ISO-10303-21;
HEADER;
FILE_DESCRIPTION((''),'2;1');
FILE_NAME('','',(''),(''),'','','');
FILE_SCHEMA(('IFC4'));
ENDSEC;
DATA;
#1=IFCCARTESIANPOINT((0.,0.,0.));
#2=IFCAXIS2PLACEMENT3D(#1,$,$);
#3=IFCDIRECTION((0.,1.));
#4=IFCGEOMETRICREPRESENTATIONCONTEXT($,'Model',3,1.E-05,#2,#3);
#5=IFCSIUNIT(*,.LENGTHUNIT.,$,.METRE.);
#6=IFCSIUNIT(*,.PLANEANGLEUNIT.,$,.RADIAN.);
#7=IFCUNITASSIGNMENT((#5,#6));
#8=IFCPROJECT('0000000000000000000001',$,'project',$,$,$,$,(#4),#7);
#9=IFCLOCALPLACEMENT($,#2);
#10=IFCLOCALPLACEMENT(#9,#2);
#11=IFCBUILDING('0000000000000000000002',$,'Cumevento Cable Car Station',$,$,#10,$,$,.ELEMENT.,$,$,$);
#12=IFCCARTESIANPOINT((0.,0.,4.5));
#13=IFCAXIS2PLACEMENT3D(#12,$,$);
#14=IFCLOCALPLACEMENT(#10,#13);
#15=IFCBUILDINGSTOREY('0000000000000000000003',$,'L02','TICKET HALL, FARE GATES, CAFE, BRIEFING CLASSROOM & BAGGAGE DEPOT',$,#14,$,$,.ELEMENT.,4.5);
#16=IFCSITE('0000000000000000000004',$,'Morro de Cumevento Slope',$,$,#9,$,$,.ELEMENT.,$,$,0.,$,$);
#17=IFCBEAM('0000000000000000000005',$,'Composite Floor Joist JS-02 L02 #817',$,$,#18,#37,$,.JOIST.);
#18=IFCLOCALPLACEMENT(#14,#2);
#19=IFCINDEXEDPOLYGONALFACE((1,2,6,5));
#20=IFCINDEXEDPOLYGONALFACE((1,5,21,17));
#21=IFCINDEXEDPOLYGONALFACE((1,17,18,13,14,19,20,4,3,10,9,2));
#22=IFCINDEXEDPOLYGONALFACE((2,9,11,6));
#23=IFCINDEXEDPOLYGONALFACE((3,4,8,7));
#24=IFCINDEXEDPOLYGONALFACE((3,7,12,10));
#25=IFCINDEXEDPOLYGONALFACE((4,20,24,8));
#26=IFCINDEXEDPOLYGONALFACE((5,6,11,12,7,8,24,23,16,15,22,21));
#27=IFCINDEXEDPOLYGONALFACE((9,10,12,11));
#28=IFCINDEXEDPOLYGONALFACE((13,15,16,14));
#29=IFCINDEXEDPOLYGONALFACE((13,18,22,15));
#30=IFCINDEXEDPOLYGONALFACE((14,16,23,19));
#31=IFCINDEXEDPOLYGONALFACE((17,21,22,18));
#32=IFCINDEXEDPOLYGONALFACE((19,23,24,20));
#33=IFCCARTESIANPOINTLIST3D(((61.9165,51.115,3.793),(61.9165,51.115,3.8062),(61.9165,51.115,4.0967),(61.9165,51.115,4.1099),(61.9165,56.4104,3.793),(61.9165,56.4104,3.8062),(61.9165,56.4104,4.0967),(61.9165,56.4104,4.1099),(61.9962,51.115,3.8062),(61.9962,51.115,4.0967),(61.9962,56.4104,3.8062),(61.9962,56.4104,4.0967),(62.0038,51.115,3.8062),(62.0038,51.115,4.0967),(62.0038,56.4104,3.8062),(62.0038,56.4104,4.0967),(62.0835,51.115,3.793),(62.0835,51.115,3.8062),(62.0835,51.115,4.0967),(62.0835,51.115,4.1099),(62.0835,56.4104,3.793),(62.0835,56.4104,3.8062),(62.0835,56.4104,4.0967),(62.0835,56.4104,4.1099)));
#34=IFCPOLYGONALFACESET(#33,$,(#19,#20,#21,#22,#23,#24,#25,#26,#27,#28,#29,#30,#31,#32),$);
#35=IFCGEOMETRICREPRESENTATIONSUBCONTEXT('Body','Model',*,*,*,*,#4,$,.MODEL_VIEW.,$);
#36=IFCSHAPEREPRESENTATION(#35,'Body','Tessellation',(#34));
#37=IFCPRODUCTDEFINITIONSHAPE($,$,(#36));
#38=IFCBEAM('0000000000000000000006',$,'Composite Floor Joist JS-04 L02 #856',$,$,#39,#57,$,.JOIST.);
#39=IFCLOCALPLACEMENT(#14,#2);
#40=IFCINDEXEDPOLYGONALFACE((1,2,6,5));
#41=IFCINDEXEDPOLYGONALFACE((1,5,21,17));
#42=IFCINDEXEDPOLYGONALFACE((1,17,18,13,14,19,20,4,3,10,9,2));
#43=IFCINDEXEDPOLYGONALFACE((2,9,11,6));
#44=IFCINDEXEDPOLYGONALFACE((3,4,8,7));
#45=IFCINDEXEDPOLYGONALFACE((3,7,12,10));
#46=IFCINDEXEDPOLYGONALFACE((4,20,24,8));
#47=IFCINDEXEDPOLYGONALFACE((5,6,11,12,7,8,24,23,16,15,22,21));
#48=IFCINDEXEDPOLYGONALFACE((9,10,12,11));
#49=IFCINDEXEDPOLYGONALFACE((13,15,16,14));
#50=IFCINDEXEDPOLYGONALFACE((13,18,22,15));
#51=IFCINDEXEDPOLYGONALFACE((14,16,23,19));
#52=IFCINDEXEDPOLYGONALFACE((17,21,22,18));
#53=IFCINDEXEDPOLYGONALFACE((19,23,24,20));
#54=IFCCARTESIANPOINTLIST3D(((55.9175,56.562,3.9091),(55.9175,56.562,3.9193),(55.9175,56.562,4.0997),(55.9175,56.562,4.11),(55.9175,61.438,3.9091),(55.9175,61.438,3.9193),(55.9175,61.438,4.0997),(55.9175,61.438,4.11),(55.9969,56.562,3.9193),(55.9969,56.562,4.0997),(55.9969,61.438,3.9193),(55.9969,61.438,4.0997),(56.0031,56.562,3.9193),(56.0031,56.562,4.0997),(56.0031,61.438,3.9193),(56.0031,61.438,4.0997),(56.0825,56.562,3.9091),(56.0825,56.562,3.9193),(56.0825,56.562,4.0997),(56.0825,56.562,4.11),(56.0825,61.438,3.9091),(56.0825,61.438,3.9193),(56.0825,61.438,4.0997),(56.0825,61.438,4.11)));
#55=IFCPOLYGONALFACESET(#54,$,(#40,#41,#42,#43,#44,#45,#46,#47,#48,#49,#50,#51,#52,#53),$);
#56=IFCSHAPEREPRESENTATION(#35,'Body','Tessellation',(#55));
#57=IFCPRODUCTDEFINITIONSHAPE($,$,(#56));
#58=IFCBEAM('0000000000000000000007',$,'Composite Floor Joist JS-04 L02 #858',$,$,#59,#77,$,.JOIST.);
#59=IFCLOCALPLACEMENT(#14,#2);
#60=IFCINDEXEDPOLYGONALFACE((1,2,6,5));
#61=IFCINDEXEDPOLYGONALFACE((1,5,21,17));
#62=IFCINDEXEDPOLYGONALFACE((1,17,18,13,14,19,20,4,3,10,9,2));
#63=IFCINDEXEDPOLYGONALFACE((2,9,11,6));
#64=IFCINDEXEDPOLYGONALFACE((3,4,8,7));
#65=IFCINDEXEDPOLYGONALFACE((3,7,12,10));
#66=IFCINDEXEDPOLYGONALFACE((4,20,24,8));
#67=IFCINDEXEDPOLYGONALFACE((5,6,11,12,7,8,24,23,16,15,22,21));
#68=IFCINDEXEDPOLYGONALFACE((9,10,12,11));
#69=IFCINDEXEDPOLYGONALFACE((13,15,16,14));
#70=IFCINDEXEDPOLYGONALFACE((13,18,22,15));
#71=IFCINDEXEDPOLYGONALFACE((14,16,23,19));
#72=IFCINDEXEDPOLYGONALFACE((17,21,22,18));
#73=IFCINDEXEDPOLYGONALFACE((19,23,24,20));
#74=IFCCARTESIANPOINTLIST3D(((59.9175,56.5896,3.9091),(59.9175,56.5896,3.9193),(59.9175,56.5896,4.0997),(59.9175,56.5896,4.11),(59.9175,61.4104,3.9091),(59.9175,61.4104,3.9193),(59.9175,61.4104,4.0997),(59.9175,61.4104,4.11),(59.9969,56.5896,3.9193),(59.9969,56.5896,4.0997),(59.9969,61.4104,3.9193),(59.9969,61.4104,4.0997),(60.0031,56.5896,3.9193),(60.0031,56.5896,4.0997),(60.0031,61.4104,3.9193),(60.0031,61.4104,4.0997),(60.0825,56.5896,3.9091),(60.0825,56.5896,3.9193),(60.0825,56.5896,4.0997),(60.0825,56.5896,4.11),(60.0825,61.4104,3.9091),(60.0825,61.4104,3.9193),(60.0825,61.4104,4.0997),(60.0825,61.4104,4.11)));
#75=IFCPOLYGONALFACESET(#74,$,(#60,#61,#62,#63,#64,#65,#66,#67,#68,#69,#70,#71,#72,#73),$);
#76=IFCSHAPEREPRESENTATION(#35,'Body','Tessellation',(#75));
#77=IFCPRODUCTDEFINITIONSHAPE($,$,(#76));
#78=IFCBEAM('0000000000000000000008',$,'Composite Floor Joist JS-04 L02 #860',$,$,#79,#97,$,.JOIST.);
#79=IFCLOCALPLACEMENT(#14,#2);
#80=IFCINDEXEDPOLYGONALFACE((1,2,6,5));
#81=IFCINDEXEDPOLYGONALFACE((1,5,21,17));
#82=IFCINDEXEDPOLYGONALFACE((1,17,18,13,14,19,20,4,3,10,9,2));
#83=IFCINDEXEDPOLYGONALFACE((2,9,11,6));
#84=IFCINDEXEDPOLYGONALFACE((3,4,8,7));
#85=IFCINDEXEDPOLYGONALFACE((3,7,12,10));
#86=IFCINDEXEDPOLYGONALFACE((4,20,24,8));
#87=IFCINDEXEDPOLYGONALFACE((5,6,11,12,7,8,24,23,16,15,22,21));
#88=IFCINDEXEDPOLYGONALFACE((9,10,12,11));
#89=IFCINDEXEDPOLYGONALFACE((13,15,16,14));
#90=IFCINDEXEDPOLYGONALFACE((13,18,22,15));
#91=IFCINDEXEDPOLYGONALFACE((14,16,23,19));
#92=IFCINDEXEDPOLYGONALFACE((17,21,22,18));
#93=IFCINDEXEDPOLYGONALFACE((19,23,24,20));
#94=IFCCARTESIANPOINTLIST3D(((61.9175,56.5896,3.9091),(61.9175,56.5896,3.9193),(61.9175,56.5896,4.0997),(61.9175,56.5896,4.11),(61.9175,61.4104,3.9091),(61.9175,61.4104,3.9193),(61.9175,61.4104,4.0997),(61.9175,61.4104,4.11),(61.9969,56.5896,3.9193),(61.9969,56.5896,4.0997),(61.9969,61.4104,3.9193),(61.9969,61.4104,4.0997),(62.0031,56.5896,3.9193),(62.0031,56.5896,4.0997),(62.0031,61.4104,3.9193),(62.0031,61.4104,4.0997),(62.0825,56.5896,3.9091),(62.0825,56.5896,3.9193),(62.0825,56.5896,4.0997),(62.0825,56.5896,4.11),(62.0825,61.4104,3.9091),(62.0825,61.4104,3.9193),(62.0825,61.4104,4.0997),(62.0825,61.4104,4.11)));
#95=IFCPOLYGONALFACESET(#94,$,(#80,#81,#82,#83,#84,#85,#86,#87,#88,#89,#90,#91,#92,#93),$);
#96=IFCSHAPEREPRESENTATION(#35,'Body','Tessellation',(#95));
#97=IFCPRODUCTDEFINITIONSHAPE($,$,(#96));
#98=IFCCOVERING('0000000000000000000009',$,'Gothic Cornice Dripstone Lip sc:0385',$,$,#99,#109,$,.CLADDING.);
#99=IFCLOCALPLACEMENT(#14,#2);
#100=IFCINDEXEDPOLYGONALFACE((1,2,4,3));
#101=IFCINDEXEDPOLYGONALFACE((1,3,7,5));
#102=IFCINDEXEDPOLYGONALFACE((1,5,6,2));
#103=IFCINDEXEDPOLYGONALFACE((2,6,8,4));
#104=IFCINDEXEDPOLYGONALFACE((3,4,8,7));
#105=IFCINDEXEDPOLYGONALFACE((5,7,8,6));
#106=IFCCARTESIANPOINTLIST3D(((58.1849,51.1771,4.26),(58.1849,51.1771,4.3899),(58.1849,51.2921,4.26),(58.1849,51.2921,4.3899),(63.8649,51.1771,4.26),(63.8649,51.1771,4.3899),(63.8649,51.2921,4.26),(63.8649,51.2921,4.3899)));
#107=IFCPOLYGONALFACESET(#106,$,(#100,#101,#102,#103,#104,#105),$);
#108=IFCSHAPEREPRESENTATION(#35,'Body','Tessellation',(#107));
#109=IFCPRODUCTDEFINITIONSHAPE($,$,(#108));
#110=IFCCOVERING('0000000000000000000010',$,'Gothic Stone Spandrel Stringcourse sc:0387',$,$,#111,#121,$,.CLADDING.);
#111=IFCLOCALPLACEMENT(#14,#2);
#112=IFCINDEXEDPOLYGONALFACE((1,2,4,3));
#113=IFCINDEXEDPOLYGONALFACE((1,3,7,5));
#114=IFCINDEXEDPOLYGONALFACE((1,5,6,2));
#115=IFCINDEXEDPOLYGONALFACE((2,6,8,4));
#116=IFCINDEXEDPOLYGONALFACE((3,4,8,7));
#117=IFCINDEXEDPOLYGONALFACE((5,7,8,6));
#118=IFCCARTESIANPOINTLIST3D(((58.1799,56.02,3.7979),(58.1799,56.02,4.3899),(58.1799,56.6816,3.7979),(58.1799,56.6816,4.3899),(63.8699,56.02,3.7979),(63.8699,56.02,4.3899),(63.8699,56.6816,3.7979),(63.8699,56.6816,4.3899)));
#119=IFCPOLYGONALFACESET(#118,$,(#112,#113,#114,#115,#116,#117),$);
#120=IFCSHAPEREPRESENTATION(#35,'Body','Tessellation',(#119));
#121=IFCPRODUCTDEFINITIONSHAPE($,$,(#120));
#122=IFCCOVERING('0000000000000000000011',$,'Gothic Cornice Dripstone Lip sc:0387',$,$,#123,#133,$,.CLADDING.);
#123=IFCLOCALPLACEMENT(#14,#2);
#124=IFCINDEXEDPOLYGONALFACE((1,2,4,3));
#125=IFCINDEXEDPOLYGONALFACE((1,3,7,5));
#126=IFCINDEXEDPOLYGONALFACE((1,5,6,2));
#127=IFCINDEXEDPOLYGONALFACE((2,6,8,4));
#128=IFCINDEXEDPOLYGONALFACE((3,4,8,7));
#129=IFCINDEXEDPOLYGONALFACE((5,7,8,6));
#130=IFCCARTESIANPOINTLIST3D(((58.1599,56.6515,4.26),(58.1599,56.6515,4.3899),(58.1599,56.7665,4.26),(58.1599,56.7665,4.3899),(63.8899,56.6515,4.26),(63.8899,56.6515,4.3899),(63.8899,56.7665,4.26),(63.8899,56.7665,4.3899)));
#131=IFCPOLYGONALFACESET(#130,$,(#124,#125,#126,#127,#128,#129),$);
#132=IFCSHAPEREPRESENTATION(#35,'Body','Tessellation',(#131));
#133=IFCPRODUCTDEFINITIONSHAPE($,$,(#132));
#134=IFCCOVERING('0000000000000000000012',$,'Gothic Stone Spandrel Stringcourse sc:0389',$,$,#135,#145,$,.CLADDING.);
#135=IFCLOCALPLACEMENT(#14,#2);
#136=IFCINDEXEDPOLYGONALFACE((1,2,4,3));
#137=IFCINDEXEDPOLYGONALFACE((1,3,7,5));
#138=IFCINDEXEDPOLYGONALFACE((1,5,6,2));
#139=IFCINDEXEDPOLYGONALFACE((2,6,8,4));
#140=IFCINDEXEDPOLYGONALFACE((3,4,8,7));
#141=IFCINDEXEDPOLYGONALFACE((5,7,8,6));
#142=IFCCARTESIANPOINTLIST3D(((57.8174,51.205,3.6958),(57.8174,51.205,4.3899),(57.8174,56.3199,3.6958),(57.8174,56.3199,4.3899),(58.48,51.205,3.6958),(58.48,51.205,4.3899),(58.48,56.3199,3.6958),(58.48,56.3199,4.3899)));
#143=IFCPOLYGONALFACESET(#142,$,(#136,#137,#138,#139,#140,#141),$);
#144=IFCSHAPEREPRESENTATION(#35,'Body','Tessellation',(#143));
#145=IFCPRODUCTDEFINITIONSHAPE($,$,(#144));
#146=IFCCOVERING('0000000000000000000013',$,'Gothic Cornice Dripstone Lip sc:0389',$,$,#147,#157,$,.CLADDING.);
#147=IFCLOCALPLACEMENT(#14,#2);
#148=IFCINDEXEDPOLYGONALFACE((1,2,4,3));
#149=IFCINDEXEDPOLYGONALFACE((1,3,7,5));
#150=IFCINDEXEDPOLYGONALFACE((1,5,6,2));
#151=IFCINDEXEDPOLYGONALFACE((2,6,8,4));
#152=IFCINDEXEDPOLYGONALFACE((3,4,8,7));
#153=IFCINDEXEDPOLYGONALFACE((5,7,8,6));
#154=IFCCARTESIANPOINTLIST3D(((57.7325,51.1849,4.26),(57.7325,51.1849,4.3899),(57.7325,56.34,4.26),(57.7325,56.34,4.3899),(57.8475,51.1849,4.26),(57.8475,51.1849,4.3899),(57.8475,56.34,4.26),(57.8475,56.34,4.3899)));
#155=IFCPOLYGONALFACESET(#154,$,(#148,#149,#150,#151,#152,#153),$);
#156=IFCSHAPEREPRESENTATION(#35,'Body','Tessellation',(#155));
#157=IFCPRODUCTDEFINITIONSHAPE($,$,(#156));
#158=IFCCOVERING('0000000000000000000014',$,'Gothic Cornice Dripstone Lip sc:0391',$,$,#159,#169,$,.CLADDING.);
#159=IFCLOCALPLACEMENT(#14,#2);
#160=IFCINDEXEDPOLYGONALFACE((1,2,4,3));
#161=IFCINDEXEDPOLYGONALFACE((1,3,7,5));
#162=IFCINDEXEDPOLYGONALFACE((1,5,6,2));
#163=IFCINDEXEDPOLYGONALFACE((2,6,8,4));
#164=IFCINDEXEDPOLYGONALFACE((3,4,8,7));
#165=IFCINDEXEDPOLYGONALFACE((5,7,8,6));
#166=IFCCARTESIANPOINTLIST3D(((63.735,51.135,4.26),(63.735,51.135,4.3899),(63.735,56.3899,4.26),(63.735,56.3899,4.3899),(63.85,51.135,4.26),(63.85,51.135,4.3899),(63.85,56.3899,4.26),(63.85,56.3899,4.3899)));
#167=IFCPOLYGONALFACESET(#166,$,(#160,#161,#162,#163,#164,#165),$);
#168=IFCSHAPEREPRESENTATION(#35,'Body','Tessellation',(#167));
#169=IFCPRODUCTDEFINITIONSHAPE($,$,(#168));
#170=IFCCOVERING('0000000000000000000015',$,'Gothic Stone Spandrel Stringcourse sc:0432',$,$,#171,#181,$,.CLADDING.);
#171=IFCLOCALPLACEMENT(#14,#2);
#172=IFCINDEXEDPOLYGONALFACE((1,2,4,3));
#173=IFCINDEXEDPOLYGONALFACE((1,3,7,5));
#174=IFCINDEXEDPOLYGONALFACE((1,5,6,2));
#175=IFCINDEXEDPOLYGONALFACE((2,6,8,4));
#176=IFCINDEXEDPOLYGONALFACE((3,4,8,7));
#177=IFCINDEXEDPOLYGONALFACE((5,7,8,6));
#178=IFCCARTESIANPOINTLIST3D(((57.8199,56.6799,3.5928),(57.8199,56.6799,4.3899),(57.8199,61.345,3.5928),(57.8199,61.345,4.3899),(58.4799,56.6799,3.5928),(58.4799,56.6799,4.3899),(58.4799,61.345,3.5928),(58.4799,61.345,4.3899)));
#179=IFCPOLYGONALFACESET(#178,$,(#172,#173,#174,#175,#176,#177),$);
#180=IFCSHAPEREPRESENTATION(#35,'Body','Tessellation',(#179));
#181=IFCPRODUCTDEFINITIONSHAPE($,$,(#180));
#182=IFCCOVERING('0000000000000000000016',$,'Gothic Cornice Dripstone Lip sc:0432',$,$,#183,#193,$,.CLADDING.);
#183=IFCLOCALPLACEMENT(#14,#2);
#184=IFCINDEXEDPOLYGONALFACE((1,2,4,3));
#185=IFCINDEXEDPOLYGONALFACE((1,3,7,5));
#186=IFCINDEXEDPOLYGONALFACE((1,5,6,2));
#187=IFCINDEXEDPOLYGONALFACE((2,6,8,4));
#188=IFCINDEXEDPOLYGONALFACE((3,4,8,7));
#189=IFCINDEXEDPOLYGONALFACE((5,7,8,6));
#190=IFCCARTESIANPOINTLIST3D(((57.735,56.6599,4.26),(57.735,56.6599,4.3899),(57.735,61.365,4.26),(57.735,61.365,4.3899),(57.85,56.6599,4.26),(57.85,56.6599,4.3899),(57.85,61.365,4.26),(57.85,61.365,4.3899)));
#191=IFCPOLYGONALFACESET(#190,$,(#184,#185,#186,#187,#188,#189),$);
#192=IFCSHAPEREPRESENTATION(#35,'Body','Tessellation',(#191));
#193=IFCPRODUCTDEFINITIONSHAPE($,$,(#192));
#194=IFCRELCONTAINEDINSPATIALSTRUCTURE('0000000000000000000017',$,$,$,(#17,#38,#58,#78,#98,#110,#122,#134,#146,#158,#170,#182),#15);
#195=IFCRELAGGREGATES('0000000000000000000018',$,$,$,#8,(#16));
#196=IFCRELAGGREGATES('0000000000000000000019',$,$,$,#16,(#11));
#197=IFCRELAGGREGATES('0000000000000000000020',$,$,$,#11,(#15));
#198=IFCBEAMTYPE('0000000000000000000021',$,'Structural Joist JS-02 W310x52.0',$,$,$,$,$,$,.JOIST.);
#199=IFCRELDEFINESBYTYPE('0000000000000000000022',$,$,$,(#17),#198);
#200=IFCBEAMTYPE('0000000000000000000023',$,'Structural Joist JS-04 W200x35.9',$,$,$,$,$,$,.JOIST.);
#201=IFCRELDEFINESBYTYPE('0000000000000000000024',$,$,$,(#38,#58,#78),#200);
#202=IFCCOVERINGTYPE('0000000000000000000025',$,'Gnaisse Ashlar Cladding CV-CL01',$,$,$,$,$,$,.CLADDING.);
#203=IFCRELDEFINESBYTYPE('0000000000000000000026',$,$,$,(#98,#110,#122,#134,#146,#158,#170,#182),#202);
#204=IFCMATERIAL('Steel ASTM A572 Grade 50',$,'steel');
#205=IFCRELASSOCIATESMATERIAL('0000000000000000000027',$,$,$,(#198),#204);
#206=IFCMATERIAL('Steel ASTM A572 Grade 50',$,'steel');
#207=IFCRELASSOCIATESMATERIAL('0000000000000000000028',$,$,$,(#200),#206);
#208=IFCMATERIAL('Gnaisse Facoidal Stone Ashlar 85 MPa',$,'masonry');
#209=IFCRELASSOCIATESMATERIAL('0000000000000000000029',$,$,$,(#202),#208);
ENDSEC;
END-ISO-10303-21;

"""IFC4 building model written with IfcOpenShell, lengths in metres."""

from ifc_helpers import new_model, si_unit, direction, frame, origin, origin_2d, place, context, subcontext, project, spatial, rectangle, i_section, extrude, material, material_profile, profile_set, type_object, element, save


model = new_model("IFC4")

# Units and contexts
model_context = context("Model", 3, precision=1e-05, world=origin(), true_north=direction((0.0, 1.0)))
body_context = subcontext(model_context, "Body", "Model", "MODEL_VIEW")
ifc_project = project(units=[si_unit("LENGTHUNIT", "METRE"), si_unit("PLANEANGLEUNIT", "RADIAN")], contexts=[model_context])

# Site, building, storey
site_placement = place(None, origin())
site = spatial("IfcSite", under=ifc_project, at=site_placement, Name="Morro de Cumevento Slope", CompositionType="ELEMENT", RefElevation=0.0)
building_placement = place(site_placement, origin())
building = spatial("IfcBuilding", under=site, at=building_placement, Name="Cumevento Cable Car Station", CompositionType="ELEMENT")
storey_placement = place(building_placement, frame((0.0, 0.0, 4.5)))
storey = spatial("IfcBuildingStorey", under=building, at=storey_placement, Name="L02", Description="TICKET HALL, FARE GATES, CAFE, BRIEFING CLASSROOM & BAGGAGE DEPOT", CompositionType="ELEMENT", Elevation=4.5)

# Beams
ifc_material_1 = material(Name="Steel ASTM A572 Grade 50", Category="steel")
ifc_material_profile_1 = material_profile(ifc_material_1, i_section(OverallWidth=0.167, OverallDepth=0.3169, WebThickness=0.0076, FlangeThickness=0.0132, at=origin_2d()), Name="W310x52.0")
ifc_profile_set_1 = profile_set([ifc_material_profile_1], Name="Steel ASTM A572 Grade 50")
beam_type_1 = type_object("IfcBeamType", Name="Structural Joist JS-02 W310x52.0", PredefinedType="JOIST", material=ifc_profile_set_1)
for number, where, z_axis, x_axis, name in (
    (1, (62.0, 51.115, 3.9514), (0.0, 1.0, 0.0), (-1.0, 0.0, 0.0), "Composite Floor Joist JS-02 L02 #817"),
):
    element("IfcBeam", number, at=place(storey_placement, frame(where, z_axis=z_axis, x_axis=x_axis)), inside=storey, type_object=beam_type_1, Name=name, PredefinedType="JOIST", context=body_context, shape_type="SweptSolid", body=[
        extrude(i_section(OverallWidth=0.167, OverallDepth=0.3169, WebThickness=0.0076, FlangeThickness=0.0132, at=origin_2d()), origin(), (0.0, 0.0, 1.0), 5.2954),
    ])
ifc_material_2 = material(Name="Steel ASTM A572 Grade 50", Category="steel")
ifc_material_profile_2 = material_profile(ifc_material_2, i_section(OverallWidth=0.165, OverallDepth=0.2009, WebThickness=0.0061, FlangeThickness=0.0103, at=origin_2d()), Name="W200x35.9")
ifc_profile_set_2 = profile_set([ifc_material_profile_2], Name="Steel ASTM A572 Grade 50")
beam_type_2 = type_object("IfcBeamType", Name="Structural Joist JS-04 W200x35.9", PredefinedType="JOIST", material=ifc_profile_set_2)
beam_1_placement = place(storey_placement, frame((56.0, 56.562, 4.0095), z_axis=(0.0, 1.0, 0.0), x_axis=(-1.0, 0.0, 0.0)))
element("IfcBeam", 2, at=beam_1_placement, inside=storey, type_object=beam_type_2, Name="Composite Floor Joist JS-04 L02 #856", PredefinedType="JOIST", context=body_context, shape_type="SweptSolid", body=[
    extrude(i_section(OverallWidth=0.165, OverallDepth=0.2009, WebThickness=0.0061, FlangeThickness=0.0103, at=origin_2d()), origin(), (0.0, 0.0, 1.0), 4.876),
])
for number, where, z_axis, x_axis, name in (
    (3, (60.0, 56.5896, 4.0095), (0.0, 1.0, 0.0), (-1.0, 0.0, 0.0), "Composite Floor Joist JS-04 L02 #858"),
    (4, (62.0, 56.5896, 4.0095), (0.0, 1.0, 0.0), (-1.0, 0.0, 0.0), "Composite Floor Joist JS-04 L02 #860"),
):
    element("IfcBeam", number, at=place(storey_placement, frame(where, z_axis=z_axis, x_axis=x_axis)), inside=storey, type_object=beam_type_2, Name=name, PredefinedType="JOIST", context=body_context, shape_type="SweptSolid", body=[
        extrude(i_section(OverallWidth=0.165, OverallDepth=0.2009, WebThickness=0.0061, FlangeThickness=0.0103, at=origin_2d()), origin(), (0.0, 0.0, 1.0), 4.8208),
    ])

# Coverings
ifc_material_3 = material(Name="Gnaisse Facoidal Stone Ashlar 85 MPa", Category="masonry")
covering_type = type_object("IfcCoveringType", Name="Gnaisse Ashlar Cladding CV-CL01", PredefinedType="CLADDING", material=ifc_material_3)
covering_1_placement = place(storey_placement, frame((61.0249, 51.2346, 4.26), z_axis=(0.0, 0.0, 1.0), x_axis=(1.0, 0.0, 0.0)))
element("IfcCovering", 5, at=covering_1_placement, inside=storey, type_object=covering_type, Name="Gothic Cornice Dripstone Lip sc:0385", PredefinedType="CLADDING", context=body_context, shape_type="SweptSolid", body=[
    extrude(rectangle(XDim=5.6799, YDim=0.115, at=origin_2d()), origin(), (0.0, 0.0, 1.0), 0.1299),
])
covering_2_placement = place(storey_placement, frame((61.0249, 56.3508, 3.7979), z_axis=(0.0, 0.0, 1.0), x_axis=(1.0, 0.0, 0.0)))
element("IfcCovering", 6, at=covering_2_placement, inside=storey, type_object=covering_type, Name="Gothic Stone Spandrel Stringcourse sc:0387", PredefinedType="CLADDING", context=body_context, shape_type="SweptSolid", body=[
    extrude(rectangle(XDim=5.6899, YDim=0.6616, at=origin_2d()), origin(), (0.0, 0.0, 1.0), 0.592),
])
covering_3_placement = place(storey_placement, frame((61.0249, 56.709, 4.26), z_axis=(0.0, 0.0, 1.0), x_axis=(1.0, 0.0, 0.0)))
element("IfcCovering", 7, at=covering_3_placement, inside=storey, type_object=covering_type, Name="Gothic Cornice Dripstone Lip sc:0387", PredefinedType="CLADDING", context=body_context, shape_type="SweptSolid", body=[
    extrude(rectangle(XDim=5.73, YDim=0.115, at=origin_2d()), origin(), (0.0, 0.0, 1.0), 0.1299),
])
covering_4_placement = place(storey_placement, frame((58.1487, 53.7625, 3.6958), z_axis=(0.0, 0.0, 1.0), x_axis=(0.0, 1.0, 0.0)))
element("IfcCovering", 8, at=covering_4_placement, inside=storey, type_object=covering_type, Name="Gothic Stone Spandrel Stringcourse sc:0389", PredefinedType="CLADDING", context=body_context, shape_type="SweptSolid", body=[
    extrude(rectangle(XDim=5.115, YDim=0.6626, at=origin_2d()), origin(), (0.0, 0.0, 1.0), 0.6941),
])
covering_5_placement = place(storey_placement, frame((57.79, 53.7625, 4.26), z_axis=(0.0, 0.0, 1.0), x_axis=(0.0, 1.0, 0.0)))
element("IfcCovering", 9, at=covering_5_placement, inside=storey, type_object=covering_type, Name="Gothic Cornice Dripstone Lip sc:0389", PredefinedType="CLADDING", context=body_context, shape_type="SweptSolid", body=[
    extrude(rectangle(XDim=5.155, YDim=0.115, at=origin_2d()), origin(), (0.0, 0.0, 1.0), 0.1299),
])
covering_6_placement = place(storey_placement, frame((63.7925, 53.7625, 4.26), z_axis=(0.0, 0.0, 1.0), x_axis=(0.0, 1.0, 0.0)))
element("IfcCovering", 10, at=covering_6_placement, inside=storey, type_object=covering_type, Name="Gothic Cornice Dripstone Lip sc:0391", PredefinedType="CLADDING", context=body_context, shape_type="SweptSolid", body=[
    extrude(rectangle(XDim=5.2549, YDim=0.115, at=origin_2d()), origin(), (0.0, 0.0, 1.0), 0.1299),
])
covering_7_placement = place(storey_placement, frame((58.1499, 59.0125, 3.5928), z_axis=(0.0, 0.0, 1.0), x_axis=(0.0, 1.0, 0.0)))
element("IfcCovering", 11, at=covering_7_placement, inside=storey, type_object=covering_type, Name="Gothic Stone Spandrel Stringcourse sc:0432", PredefinedType="CLADDING", context=body_context, shape_type="SweptSolid", body=[
    extrude(rectangle(XDim=4.665, YDim=0.6599, at=origin_2d()), origin(), (0.0, 0.0, 1.0), 0.7971),
])
for number, where, z_axis, x_axis, name in (
    (12, (57.7925, 59.0125, 4.26), (0.0, 0.0, 1.0), (0.0, 1.0, 0.0), "Gothic Cornice Dripstone Lip sc:0432"),
):
    element("IfcCovering", number, at=place(storey_placement, frame(where, z_axis=z_axis, x_axis=x_axis)), inside=storey, type_object=covering_type, Name=name, PredefinedType="CLADDING", context=body_context, shape_type="SweptSolid", body=[
        extrude(rectangle(XDim=4.7051, YDim=0.115, at=origin_2d()), origin(), (0.0, 0.0, 1.0), 0.1299),
    ])

save(model, "model.ifc")
